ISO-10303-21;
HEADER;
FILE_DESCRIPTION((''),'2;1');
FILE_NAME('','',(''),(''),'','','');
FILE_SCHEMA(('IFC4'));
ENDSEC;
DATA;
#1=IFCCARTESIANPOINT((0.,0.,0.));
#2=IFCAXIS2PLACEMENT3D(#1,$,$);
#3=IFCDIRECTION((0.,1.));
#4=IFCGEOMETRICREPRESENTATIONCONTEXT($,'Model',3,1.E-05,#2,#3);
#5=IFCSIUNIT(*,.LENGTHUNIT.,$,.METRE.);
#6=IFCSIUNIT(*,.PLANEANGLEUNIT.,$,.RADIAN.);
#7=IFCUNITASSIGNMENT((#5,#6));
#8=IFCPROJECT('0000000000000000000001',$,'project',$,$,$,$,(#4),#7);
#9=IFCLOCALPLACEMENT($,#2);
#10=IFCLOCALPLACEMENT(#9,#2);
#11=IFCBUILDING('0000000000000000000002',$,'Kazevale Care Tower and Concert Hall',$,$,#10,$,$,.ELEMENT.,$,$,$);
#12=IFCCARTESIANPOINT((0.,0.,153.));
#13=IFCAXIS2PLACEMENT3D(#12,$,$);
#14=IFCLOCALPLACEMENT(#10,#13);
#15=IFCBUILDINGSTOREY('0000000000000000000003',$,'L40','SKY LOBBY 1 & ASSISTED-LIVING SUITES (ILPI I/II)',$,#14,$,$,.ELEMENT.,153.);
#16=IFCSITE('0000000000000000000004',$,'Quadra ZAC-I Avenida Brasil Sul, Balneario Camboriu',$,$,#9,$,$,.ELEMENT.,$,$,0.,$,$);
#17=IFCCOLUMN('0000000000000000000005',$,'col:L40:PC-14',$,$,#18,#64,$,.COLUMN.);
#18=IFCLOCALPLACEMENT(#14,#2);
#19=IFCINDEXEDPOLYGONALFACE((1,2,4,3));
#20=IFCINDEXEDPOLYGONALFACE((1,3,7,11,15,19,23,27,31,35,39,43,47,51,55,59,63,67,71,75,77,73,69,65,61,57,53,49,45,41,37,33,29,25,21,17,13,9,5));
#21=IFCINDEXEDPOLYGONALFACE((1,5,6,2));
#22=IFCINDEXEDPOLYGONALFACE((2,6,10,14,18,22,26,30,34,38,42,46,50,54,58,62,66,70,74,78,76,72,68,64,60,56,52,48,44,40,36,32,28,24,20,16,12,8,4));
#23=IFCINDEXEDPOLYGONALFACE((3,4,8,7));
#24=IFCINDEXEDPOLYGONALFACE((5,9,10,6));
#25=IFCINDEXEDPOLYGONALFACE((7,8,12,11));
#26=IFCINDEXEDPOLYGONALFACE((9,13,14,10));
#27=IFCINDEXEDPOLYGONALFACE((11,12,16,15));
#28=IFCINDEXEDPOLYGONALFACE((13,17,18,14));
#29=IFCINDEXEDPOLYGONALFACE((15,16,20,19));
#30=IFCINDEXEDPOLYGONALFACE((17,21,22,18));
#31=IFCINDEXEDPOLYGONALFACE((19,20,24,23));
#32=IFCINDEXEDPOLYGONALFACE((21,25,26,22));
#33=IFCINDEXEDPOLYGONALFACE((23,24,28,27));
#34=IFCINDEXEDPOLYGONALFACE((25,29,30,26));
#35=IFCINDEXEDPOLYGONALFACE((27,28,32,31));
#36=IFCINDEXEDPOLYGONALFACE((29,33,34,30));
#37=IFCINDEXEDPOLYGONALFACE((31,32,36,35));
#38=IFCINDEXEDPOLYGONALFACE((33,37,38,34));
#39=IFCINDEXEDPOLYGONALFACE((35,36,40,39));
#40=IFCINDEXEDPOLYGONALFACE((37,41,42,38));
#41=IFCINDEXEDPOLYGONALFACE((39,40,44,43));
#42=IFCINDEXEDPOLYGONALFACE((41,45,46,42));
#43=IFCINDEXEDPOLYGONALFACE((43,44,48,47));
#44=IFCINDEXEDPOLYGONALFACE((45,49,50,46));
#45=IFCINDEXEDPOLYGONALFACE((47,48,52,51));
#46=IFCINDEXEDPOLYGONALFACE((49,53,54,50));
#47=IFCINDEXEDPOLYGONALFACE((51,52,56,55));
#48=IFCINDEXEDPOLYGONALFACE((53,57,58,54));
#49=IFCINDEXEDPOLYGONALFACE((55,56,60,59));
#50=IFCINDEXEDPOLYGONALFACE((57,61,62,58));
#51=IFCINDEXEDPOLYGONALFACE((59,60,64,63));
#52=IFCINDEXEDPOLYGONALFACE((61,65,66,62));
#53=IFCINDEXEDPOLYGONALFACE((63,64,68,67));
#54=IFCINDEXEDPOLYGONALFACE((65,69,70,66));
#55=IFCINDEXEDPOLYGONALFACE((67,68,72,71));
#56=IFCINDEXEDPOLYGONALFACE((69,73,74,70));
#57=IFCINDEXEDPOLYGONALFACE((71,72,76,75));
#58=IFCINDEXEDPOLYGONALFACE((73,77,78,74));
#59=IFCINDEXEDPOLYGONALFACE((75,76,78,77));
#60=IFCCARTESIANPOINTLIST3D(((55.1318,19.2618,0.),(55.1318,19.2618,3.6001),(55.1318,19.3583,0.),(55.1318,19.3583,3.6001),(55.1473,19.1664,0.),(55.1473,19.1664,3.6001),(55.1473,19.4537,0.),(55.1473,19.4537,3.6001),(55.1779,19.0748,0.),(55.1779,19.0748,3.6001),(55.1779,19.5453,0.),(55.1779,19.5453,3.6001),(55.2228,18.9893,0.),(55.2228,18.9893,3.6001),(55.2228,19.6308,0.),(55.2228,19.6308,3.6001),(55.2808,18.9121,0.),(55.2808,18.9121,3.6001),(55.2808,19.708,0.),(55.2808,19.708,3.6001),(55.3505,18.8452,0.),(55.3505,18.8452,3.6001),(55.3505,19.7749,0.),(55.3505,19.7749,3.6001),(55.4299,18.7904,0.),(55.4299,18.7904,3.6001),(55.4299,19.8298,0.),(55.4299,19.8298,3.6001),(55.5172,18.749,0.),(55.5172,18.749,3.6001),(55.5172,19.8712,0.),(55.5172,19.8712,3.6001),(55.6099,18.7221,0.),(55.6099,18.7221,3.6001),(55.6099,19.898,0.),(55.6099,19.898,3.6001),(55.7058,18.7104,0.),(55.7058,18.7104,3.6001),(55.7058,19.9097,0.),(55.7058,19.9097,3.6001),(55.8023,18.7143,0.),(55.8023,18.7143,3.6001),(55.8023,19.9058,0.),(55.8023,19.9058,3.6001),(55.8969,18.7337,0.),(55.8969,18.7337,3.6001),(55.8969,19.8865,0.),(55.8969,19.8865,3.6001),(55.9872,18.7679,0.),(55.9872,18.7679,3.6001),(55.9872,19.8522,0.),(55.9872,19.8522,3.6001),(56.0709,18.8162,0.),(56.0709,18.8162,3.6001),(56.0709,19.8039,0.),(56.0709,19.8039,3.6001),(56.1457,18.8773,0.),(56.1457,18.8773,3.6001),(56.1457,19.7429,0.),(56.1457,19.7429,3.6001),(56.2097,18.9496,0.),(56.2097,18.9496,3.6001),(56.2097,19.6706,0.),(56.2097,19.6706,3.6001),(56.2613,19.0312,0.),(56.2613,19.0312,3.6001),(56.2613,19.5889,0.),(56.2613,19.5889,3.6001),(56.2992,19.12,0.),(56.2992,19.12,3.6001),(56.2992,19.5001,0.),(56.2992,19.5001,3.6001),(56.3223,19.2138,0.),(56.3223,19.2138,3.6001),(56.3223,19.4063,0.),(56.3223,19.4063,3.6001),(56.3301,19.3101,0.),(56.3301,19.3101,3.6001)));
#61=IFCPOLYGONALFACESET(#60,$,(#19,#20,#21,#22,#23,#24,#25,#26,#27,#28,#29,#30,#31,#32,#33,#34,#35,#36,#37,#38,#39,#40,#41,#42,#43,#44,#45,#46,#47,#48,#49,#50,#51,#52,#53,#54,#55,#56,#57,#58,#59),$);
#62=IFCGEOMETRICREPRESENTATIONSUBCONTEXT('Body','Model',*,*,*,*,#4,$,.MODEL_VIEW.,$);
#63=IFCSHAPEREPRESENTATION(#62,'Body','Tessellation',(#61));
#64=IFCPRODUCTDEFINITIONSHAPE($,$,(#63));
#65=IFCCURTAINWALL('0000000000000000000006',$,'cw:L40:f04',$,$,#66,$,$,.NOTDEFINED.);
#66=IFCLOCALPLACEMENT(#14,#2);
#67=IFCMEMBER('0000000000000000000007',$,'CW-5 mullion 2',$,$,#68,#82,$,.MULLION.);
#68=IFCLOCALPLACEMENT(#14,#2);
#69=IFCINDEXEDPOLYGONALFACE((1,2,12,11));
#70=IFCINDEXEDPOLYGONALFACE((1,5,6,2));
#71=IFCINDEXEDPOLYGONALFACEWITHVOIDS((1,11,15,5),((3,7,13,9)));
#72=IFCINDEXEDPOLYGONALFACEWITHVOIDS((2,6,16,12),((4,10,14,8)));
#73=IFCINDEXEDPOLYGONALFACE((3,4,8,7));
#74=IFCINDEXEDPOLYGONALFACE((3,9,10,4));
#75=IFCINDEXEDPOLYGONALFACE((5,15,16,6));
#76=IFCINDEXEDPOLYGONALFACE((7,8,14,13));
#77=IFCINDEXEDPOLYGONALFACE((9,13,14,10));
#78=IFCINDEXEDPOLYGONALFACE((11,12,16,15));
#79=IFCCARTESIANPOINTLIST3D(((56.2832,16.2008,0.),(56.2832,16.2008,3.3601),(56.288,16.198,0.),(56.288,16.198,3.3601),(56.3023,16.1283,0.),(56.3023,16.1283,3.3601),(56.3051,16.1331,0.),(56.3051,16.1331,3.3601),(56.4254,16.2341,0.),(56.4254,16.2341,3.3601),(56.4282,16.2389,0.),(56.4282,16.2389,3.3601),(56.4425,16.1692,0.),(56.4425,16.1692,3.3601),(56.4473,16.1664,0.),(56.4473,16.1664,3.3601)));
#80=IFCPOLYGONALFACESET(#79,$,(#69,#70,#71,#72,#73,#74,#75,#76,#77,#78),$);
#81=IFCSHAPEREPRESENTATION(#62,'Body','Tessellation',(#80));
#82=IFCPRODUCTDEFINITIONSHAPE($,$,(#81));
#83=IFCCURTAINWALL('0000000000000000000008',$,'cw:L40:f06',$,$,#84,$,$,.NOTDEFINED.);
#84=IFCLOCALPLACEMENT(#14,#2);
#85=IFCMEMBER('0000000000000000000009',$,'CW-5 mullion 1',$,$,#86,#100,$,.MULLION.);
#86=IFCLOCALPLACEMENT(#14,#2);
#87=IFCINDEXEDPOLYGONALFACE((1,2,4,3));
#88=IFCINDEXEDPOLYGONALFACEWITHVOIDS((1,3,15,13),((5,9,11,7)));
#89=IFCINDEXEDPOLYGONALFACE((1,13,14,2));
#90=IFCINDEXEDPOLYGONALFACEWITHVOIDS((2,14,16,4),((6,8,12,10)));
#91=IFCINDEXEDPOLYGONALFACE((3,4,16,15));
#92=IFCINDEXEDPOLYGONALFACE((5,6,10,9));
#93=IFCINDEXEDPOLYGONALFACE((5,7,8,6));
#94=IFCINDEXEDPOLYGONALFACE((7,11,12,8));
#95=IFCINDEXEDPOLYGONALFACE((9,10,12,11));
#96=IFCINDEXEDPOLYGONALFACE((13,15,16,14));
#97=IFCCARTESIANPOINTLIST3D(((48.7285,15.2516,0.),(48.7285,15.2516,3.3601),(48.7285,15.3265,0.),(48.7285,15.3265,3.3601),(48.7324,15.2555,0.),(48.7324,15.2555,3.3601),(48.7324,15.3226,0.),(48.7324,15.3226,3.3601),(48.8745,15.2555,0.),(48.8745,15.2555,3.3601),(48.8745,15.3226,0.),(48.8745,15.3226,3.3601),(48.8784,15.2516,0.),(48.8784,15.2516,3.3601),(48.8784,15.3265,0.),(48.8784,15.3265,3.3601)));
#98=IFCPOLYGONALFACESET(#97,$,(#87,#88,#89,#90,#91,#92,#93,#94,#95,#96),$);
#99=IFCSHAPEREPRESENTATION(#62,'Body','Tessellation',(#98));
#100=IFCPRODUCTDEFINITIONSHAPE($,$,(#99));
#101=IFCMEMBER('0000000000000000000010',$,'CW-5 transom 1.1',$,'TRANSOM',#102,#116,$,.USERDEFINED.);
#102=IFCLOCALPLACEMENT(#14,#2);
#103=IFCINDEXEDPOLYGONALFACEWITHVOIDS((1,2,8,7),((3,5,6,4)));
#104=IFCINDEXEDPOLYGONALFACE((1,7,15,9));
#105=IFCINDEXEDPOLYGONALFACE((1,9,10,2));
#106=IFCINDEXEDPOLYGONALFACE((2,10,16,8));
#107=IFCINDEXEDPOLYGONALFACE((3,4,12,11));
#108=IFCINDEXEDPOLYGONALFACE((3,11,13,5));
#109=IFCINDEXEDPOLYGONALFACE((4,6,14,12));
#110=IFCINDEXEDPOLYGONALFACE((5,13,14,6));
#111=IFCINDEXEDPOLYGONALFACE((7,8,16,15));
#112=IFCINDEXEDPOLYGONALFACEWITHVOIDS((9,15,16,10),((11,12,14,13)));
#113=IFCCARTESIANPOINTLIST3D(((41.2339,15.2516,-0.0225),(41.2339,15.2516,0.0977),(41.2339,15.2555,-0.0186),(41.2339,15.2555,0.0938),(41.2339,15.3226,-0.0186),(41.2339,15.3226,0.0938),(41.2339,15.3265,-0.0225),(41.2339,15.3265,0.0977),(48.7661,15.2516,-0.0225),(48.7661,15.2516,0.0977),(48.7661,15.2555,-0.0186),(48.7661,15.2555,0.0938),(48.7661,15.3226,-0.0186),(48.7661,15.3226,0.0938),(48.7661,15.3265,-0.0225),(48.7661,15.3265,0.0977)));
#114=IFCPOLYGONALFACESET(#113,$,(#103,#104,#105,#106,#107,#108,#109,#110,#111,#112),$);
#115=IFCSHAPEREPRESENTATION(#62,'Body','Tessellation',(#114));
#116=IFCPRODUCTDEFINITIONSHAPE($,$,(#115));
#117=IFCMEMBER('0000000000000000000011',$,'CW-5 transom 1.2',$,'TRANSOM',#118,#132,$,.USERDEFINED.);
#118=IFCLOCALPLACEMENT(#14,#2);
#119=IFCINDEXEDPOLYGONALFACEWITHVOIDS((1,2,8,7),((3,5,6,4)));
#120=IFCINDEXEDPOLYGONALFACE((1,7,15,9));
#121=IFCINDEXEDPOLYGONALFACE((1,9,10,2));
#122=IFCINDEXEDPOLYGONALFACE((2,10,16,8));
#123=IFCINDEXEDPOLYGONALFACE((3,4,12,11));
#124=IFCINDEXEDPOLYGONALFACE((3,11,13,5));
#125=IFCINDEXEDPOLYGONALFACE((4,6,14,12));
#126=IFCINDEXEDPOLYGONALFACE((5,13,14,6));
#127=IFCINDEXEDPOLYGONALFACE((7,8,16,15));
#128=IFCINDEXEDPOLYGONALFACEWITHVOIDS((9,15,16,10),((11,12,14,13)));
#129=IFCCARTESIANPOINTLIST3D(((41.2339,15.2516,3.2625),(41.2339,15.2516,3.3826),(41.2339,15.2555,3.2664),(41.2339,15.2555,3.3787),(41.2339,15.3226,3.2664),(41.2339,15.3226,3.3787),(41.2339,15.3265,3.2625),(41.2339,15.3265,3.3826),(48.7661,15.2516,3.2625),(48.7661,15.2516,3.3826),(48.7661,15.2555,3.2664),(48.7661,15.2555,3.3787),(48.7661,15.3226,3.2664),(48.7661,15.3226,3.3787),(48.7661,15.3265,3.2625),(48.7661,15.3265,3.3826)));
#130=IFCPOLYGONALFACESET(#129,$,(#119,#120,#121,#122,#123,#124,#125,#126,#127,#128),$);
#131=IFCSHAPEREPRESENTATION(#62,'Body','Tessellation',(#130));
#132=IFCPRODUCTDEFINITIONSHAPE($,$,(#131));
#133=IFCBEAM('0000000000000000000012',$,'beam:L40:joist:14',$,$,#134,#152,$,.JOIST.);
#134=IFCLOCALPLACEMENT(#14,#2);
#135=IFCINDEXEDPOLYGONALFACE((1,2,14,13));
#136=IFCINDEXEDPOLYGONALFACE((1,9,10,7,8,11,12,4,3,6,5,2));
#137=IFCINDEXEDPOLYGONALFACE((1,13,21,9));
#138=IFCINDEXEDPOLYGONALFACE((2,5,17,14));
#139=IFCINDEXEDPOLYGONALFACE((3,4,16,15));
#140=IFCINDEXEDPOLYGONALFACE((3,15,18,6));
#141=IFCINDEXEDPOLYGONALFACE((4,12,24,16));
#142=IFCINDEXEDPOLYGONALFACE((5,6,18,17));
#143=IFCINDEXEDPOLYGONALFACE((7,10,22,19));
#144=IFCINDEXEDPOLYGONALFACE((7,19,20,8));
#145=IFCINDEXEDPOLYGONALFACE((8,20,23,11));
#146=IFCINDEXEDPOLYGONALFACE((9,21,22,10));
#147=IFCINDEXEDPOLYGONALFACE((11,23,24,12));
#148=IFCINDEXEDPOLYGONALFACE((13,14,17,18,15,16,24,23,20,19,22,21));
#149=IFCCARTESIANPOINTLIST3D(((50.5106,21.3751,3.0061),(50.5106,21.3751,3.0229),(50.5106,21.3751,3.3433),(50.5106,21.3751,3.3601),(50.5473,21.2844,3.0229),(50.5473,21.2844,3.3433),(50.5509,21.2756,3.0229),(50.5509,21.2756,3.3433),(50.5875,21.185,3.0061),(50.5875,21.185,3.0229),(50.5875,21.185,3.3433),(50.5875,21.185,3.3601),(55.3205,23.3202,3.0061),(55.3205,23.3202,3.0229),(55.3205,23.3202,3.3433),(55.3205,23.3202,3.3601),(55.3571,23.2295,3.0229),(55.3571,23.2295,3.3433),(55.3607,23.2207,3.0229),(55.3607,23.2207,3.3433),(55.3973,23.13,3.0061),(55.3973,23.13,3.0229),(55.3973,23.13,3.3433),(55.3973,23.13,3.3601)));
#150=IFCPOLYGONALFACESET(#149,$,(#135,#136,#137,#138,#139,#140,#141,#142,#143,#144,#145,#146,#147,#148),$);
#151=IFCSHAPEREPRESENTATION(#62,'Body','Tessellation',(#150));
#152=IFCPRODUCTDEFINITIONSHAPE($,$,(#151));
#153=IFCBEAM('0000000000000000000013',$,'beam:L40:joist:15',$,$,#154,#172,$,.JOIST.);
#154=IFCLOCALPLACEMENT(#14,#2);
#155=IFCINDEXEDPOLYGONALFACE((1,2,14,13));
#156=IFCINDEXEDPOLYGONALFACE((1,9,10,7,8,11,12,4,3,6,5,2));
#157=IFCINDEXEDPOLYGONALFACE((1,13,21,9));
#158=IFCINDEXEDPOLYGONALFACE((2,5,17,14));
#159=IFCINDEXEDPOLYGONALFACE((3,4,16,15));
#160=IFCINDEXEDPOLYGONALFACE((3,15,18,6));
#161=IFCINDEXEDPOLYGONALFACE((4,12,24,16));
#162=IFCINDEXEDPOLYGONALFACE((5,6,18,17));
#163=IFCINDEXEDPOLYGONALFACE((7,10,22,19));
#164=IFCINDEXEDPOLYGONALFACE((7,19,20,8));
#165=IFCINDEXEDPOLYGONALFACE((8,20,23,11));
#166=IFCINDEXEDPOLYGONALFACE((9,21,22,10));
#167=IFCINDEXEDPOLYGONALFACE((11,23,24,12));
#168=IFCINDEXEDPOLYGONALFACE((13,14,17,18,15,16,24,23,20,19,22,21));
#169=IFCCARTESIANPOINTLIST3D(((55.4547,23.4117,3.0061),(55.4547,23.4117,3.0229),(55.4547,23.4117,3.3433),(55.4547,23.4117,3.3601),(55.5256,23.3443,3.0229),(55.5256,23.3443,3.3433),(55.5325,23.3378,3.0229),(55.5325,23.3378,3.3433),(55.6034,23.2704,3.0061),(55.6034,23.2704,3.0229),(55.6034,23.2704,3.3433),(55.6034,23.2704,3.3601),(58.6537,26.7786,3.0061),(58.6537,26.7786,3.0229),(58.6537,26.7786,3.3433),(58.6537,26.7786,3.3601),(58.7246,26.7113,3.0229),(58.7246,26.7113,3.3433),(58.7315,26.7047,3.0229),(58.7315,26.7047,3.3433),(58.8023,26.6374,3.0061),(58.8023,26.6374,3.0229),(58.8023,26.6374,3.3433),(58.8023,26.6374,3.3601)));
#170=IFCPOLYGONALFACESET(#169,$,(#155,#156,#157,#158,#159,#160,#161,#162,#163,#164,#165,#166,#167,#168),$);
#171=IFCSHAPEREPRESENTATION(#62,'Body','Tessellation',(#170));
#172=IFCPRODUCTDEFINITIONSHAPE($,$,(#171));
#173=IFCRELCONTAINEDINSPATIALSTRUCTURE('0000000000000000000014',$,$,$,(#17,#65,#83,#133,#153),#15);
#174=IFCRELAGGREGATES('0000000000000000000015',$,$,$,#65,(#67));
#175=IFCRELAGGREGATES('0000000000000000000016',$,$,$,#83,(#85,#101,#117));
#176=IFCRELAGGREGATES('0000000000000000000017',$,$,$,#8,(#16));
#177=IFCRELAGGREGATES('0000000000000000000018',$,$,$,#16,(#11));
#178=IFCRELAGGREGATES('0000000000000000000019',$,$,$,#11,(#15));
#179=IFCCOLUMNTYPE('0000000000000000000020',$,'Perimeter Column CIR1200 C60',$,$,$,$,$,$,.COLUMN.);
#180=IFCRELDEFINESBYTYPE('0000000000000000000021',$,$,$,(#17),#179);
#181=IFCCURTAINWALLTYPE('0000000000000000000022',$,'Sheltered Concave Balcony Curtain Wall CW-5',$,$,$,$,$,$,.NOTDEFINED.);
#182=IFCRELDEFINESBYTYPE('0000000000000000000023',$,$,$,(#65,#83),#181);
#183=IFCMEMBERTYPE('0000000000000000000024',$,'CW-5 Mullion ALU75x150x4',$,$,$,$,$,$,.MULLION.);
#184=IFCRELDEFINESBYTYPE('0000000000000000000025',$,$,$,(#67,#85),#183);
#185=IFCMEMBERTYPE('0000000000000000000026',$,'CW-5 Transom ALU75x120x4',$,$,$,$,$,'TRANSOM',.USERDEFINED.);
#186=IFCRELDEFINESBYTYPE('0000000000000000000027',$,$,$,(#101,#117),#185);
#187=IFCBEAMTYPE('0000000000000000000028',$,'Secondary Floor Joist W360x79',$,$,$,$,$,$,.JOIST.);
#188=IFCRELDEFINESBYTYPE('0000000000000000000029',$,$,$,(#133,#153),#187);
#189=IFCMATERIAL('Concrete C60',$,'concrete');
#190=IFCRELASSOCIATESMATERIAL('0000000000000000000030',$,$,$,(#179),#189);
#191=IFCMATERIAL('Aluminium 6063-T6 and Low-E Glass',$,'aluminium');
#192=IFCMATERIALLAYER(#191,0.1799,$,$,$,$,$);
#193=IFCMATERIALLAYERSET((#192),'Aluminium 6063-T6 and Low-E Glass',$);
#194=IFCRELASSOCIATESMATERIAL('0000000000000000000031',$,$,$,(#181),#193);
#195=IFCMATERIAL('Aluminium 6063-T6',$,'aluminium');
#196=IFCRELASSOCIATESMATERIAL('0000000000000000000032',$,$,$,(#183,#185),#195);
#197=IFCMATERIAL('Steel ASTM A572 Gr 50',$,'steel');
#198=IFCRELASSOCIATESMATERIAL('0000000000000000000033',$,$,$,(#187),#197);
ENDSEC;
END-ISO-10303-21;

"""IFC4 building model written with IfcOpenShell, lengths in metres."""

from ifc_helpers import new_model, si_unit, direction, frame, origin, origin_2d, place, context, subcontext, project, spatial, hollow_rectangle, circle, i_section, extrude, material, layer, layer_set, material_profile, profile_set, type_object, element, aggregate, save


model = new_model("IFC4")

# Units and contexts
model_context = context("Model", 3, precision=1e-05, world=origin(), true_north=direction((0.0, 1.0)))
body_context = subcontext(model_context, "Body", "Model", "MODEL_VIEW")
ifc_project = project(units=[si_unit("LENGTHUNIT", "METRE"), si_unit("PLANEANGLEUNIT", "RADIAN")], contexts=[model_context])

# Site, building, storey
site_placement = place(None, origin())
site = spatial("IfcSite", under=ifc_project, at=site_placement, Name="Quadra ZAC-I Avenida Brasil Sul, Balneario Camboriu", CompositionType="ELEMENT", RefElevation=0.0)
building_placement = place(site_placement, origin())
building = spatial("IfcBuilding", under=site, at=building_placement, Name="Kazevale Care Tower and Concert Hall", CompositionType="ELEMENT")
storey_placement = place(building_placement, frame((0.0, 0.0, 153.0)))
storey = spatial("IfcBuildingStorey", under=building, at=storey_placement, Name="L40", Description="SKY LOBBY 1 & ASSISTED-LIVING SUITES (ILPI I/II)", CompositionType="ELEMENT", Elevation=153.0)

# Column
ifc_material_1 = material(Name="Concrete C60", Category="concrete")
ifc_material_profile_1 = material_profile(ifc_material_1, circle(Radius=0.6001, at=origin_2d()), Name="RC-CIR1200")
ifc_profile_set_1 = profile_set([ifc_material_profile_1], Name="Concrete C60")
column_type = type_object("IfcColumnType", Name="Perimeter Column CIR1200 C60", PredefinedType="COLUMN", material=ifc_profile_set_1)
column_placement = place(storey_placement, frame((55.73, 19.3101, 0.0), z_axis=(0.0, 0.0, 1.0), x_axis=(1.0, 0.0, 0.0)))
element("IfcColumn", 1, at=column_placement, inside=storey, type_object=column_type, Name="col:L40:PC-14", PredefinedType="COLUMN", context=body_context, shape_type="SweptSolid", body=[
    extrude(circle(Radius=0.6001, at=origin_2d()), origin(), (0.0, 0.0, 1.0), 3.6001),
])

# Curtain wall, member
ifc_material_2 = material(Name="Aluminium 6063-T6 and Low-E Glass", Category="aluminium")
ifc_layer_1 = layer(ifc_material_2, 0.1799)
ifc_layer_set_1 = layer_set([ifc_layer_1], Name="Aluminium 6063-T6 and Low-E Glass")
curtain_wall_type = type_object("IfcCurtainWallType", Name="Sheltered Concave Balcony Curtain Wall CW-5", PredefinedType="NOTDEFINED", material=ifc_layer_set_1)
curtain_wall_1_placement = place(storey_placement, origin())
curtain_wall_1 = element("IfcCurtainWall", 2, at=curtain_wall_1_placement, inside=storey, type_object=curtain_wall_type, Name="cw:L40:f04", PredefinedType="NOTDEFINED")
ifc_material_3 = material(Name="Aluminium 6063-T6", Category="aluminium")
ifc_material_profile_2 = material_profile(ifc_material_3, hollow_rectangle(XDim=0.075, YDim=0.1499, WallThickness=0.0039, at=origin_2d()), Name="ALU75x150x4")
ifc_profile_set_2 = profile_set([ifc_material_profile_2], Name="Aluminium 6063-T6")
member_type_1 = type_object("IfcMemberType", Name="CW-5 Mullion ALU75x150x4", PredefinedType="MULLION", material=ifc_profile_set_2)
member_1_placement = place(storey_placement, frame((56.3652, 16.1836, 0.0), z_axis=(0.0, 0.0, 1.0), x_axis=(0.254238, -0.967142, 0.0)))
member_1 = element("IfcMember", 3, at=member_1_placement, type_object=member_type_1, Name="CW-5 mullion 2", PredefinedType="MULLION", context=body_context, shape_type="SweptSolid", body=[
    extrude(hollow_rectangle(XDim=0.075, YDim=0.1499, WallThickness=0.0039, at=origin_2d()), origin(), (0.0, 0.0, 1.0), 3.3601),
])
aggregate(curtain_wall_1, [member_1])

# Curtain wall, members
curtain_wall_2_placement = place(storey_placement, origin())
curtain_wall_2 = element("IfcCurtainWall", 4, at=curtain_wall_2_placement, inside=storey, type_object=curtain_wall_type, Name="cw:L40:f06", PredefinedType="NOTDEFINED")
member_2_placement = place(storey_placement, frame((48.8035, 15.2891, 0.0), z_axis=(0.0, 0.0, 1.0), x_axis=(0.0, -1.0, 0.0)))
member_2 = element("IfcMember", 5, at=member_2_placement, type_object=member_type_1, Name="CW-5 mullion 1", PredefinedType="MULLION", context=body_context, shape_type="SweptSolid", body=[
    extrude(hollow_rectangle(XDim=0.075, YDim=0.1499, WallThickness=0.0039, at=origin_2d()), origin(), (0.0, 0.0, 1.0), 3.3601),
])
ifc_material_profile_3 = material_profile(ifc_material_3, hollow_rectangle(XDim=0.075, YDim=0.1201, WallThickness=0.0039, at=origin_2d()), Name="ALU75x120x4")
ifc_profile_set_3 = profile_set([ifc_material_profile_3], Name="Aluminium 6063-T6")
member_type_2 = type_object("IfcMemberType", Name="CW-5 Transom ALU75x120x4", ElementType="TRANSOM", PredefinedType="USERDEFINED", material=ifc_profile_set_3)
member_3_placement = place(storey_placement, frame((48.7661, 15.2891, 0.0376), z_axis=(-1.0, 0.0, 0.0), x_axis=(0.0, -1.0, 0.0)))
member_3 = element("IfcMember", 6, at=member_3_placement, type_object=member_type_2, Name="CW-5 transom 1.1", ObjectType="TRANSOM", PredefinedType="USERDEFINED", context=body_context, shape_type="SweptSolid", body=[
    extrude(hollow_rectangle(XDim=0.075, YDim=0.1201, WallThickness=0.0039, at=origin_2d()), origin(), (0.0, 0.0, 1.0), 7.5322),
])
member_4_placement = place(storey_placement, frame((48.7661, 15.2891, 3.3225), z_axis=(-1.0, 0.0, 0.0), x_axis=(0.0, -1.0, 0.0)))
member_4 = element("IfcMember", 7, at=member_4_placement, type_object=member_type_2, Name="CW-5 transom 1.2", ObjectType="TRANSOM", PredefinedType="USERDEFINED", context=body_context, shape_type="SweptSolid", body=[
    extrude(hollow_rectangle(XDim=0.075, YDim=0.1201, WallThickness=0.0039, at=origin_2d()), origin(), (0.0, 0.0, 1.0), 7.5322),
])
aggregate(curtain_wall_2, [member_2, member_3, member_4])

# Beams
ifc_material_4 = material(Name="Steel ASTM A572 Gr 50", Category="steel")
ifc_material_profile_4 = material_profile(ifc_material_4, i_section(OverallWidth=0.2051, OverallDepth=0.354, WebThickness=0.0095, FlangeThickness=0.0168, at=origin_2d()), Name="W360x79")
ifc_profile_set_4 = profile_set([ifc_material_profile_4], Name="Steel ASTM A572 Gr 50")
beam_type_1 = type_object("IfcBeamType", Name="Secondary Floor Joist W360x79", PredefinedType="JOIST", material=ifc_profile_set_4)
beam_1_placement = place(storey_placement, frame((50.5491, 21.28, 3.1831), z_axis=(0.927065, 0.374901, 0.0), x_axis=(-0.374901, 0.927065, 0.0)))
element("IfcBeam", 8, at=beam_1_placement, inside=storey, type_object=beam_type_1, Name="beam:L40:joist:14", PredefinedType="JOIST", context=body_context, shape_type="SweptSolid", body=[
    extrude(i_section(OverallWidth=0.2051, OverallDepth=0.354, WebThickness=0.0095, FlangeThickness=0.0168, at=origin_2d()), origin(), (0.0, 0.0, 1.0), 5.1882),
])
beam_2_placement = place(storey_placement, frame((55.5291, 23.3411, 3.1831), z_axis=(0.688792, 0.724959, 0.0), x_axis=(-0.724959, 0.688792, 0.0)))
element("IfcBeam", 9, at=beam_2_placement, inside=storey, type_object=beam_type_1, Name="beam:L40:joist:15", PredefinedType="JOIST", context=body_context, shape_type="SweptSolid", body=[
    extrude(i_section(OverallWidth=0.2051, OverallDepth=0.354, WebThickness=0.0095, FlangeThickness=0.0168, at=origin_2d()), origin(), (0.0, 0.0, 1.0), 4.6443),
])

save(model, "model.ifc")
